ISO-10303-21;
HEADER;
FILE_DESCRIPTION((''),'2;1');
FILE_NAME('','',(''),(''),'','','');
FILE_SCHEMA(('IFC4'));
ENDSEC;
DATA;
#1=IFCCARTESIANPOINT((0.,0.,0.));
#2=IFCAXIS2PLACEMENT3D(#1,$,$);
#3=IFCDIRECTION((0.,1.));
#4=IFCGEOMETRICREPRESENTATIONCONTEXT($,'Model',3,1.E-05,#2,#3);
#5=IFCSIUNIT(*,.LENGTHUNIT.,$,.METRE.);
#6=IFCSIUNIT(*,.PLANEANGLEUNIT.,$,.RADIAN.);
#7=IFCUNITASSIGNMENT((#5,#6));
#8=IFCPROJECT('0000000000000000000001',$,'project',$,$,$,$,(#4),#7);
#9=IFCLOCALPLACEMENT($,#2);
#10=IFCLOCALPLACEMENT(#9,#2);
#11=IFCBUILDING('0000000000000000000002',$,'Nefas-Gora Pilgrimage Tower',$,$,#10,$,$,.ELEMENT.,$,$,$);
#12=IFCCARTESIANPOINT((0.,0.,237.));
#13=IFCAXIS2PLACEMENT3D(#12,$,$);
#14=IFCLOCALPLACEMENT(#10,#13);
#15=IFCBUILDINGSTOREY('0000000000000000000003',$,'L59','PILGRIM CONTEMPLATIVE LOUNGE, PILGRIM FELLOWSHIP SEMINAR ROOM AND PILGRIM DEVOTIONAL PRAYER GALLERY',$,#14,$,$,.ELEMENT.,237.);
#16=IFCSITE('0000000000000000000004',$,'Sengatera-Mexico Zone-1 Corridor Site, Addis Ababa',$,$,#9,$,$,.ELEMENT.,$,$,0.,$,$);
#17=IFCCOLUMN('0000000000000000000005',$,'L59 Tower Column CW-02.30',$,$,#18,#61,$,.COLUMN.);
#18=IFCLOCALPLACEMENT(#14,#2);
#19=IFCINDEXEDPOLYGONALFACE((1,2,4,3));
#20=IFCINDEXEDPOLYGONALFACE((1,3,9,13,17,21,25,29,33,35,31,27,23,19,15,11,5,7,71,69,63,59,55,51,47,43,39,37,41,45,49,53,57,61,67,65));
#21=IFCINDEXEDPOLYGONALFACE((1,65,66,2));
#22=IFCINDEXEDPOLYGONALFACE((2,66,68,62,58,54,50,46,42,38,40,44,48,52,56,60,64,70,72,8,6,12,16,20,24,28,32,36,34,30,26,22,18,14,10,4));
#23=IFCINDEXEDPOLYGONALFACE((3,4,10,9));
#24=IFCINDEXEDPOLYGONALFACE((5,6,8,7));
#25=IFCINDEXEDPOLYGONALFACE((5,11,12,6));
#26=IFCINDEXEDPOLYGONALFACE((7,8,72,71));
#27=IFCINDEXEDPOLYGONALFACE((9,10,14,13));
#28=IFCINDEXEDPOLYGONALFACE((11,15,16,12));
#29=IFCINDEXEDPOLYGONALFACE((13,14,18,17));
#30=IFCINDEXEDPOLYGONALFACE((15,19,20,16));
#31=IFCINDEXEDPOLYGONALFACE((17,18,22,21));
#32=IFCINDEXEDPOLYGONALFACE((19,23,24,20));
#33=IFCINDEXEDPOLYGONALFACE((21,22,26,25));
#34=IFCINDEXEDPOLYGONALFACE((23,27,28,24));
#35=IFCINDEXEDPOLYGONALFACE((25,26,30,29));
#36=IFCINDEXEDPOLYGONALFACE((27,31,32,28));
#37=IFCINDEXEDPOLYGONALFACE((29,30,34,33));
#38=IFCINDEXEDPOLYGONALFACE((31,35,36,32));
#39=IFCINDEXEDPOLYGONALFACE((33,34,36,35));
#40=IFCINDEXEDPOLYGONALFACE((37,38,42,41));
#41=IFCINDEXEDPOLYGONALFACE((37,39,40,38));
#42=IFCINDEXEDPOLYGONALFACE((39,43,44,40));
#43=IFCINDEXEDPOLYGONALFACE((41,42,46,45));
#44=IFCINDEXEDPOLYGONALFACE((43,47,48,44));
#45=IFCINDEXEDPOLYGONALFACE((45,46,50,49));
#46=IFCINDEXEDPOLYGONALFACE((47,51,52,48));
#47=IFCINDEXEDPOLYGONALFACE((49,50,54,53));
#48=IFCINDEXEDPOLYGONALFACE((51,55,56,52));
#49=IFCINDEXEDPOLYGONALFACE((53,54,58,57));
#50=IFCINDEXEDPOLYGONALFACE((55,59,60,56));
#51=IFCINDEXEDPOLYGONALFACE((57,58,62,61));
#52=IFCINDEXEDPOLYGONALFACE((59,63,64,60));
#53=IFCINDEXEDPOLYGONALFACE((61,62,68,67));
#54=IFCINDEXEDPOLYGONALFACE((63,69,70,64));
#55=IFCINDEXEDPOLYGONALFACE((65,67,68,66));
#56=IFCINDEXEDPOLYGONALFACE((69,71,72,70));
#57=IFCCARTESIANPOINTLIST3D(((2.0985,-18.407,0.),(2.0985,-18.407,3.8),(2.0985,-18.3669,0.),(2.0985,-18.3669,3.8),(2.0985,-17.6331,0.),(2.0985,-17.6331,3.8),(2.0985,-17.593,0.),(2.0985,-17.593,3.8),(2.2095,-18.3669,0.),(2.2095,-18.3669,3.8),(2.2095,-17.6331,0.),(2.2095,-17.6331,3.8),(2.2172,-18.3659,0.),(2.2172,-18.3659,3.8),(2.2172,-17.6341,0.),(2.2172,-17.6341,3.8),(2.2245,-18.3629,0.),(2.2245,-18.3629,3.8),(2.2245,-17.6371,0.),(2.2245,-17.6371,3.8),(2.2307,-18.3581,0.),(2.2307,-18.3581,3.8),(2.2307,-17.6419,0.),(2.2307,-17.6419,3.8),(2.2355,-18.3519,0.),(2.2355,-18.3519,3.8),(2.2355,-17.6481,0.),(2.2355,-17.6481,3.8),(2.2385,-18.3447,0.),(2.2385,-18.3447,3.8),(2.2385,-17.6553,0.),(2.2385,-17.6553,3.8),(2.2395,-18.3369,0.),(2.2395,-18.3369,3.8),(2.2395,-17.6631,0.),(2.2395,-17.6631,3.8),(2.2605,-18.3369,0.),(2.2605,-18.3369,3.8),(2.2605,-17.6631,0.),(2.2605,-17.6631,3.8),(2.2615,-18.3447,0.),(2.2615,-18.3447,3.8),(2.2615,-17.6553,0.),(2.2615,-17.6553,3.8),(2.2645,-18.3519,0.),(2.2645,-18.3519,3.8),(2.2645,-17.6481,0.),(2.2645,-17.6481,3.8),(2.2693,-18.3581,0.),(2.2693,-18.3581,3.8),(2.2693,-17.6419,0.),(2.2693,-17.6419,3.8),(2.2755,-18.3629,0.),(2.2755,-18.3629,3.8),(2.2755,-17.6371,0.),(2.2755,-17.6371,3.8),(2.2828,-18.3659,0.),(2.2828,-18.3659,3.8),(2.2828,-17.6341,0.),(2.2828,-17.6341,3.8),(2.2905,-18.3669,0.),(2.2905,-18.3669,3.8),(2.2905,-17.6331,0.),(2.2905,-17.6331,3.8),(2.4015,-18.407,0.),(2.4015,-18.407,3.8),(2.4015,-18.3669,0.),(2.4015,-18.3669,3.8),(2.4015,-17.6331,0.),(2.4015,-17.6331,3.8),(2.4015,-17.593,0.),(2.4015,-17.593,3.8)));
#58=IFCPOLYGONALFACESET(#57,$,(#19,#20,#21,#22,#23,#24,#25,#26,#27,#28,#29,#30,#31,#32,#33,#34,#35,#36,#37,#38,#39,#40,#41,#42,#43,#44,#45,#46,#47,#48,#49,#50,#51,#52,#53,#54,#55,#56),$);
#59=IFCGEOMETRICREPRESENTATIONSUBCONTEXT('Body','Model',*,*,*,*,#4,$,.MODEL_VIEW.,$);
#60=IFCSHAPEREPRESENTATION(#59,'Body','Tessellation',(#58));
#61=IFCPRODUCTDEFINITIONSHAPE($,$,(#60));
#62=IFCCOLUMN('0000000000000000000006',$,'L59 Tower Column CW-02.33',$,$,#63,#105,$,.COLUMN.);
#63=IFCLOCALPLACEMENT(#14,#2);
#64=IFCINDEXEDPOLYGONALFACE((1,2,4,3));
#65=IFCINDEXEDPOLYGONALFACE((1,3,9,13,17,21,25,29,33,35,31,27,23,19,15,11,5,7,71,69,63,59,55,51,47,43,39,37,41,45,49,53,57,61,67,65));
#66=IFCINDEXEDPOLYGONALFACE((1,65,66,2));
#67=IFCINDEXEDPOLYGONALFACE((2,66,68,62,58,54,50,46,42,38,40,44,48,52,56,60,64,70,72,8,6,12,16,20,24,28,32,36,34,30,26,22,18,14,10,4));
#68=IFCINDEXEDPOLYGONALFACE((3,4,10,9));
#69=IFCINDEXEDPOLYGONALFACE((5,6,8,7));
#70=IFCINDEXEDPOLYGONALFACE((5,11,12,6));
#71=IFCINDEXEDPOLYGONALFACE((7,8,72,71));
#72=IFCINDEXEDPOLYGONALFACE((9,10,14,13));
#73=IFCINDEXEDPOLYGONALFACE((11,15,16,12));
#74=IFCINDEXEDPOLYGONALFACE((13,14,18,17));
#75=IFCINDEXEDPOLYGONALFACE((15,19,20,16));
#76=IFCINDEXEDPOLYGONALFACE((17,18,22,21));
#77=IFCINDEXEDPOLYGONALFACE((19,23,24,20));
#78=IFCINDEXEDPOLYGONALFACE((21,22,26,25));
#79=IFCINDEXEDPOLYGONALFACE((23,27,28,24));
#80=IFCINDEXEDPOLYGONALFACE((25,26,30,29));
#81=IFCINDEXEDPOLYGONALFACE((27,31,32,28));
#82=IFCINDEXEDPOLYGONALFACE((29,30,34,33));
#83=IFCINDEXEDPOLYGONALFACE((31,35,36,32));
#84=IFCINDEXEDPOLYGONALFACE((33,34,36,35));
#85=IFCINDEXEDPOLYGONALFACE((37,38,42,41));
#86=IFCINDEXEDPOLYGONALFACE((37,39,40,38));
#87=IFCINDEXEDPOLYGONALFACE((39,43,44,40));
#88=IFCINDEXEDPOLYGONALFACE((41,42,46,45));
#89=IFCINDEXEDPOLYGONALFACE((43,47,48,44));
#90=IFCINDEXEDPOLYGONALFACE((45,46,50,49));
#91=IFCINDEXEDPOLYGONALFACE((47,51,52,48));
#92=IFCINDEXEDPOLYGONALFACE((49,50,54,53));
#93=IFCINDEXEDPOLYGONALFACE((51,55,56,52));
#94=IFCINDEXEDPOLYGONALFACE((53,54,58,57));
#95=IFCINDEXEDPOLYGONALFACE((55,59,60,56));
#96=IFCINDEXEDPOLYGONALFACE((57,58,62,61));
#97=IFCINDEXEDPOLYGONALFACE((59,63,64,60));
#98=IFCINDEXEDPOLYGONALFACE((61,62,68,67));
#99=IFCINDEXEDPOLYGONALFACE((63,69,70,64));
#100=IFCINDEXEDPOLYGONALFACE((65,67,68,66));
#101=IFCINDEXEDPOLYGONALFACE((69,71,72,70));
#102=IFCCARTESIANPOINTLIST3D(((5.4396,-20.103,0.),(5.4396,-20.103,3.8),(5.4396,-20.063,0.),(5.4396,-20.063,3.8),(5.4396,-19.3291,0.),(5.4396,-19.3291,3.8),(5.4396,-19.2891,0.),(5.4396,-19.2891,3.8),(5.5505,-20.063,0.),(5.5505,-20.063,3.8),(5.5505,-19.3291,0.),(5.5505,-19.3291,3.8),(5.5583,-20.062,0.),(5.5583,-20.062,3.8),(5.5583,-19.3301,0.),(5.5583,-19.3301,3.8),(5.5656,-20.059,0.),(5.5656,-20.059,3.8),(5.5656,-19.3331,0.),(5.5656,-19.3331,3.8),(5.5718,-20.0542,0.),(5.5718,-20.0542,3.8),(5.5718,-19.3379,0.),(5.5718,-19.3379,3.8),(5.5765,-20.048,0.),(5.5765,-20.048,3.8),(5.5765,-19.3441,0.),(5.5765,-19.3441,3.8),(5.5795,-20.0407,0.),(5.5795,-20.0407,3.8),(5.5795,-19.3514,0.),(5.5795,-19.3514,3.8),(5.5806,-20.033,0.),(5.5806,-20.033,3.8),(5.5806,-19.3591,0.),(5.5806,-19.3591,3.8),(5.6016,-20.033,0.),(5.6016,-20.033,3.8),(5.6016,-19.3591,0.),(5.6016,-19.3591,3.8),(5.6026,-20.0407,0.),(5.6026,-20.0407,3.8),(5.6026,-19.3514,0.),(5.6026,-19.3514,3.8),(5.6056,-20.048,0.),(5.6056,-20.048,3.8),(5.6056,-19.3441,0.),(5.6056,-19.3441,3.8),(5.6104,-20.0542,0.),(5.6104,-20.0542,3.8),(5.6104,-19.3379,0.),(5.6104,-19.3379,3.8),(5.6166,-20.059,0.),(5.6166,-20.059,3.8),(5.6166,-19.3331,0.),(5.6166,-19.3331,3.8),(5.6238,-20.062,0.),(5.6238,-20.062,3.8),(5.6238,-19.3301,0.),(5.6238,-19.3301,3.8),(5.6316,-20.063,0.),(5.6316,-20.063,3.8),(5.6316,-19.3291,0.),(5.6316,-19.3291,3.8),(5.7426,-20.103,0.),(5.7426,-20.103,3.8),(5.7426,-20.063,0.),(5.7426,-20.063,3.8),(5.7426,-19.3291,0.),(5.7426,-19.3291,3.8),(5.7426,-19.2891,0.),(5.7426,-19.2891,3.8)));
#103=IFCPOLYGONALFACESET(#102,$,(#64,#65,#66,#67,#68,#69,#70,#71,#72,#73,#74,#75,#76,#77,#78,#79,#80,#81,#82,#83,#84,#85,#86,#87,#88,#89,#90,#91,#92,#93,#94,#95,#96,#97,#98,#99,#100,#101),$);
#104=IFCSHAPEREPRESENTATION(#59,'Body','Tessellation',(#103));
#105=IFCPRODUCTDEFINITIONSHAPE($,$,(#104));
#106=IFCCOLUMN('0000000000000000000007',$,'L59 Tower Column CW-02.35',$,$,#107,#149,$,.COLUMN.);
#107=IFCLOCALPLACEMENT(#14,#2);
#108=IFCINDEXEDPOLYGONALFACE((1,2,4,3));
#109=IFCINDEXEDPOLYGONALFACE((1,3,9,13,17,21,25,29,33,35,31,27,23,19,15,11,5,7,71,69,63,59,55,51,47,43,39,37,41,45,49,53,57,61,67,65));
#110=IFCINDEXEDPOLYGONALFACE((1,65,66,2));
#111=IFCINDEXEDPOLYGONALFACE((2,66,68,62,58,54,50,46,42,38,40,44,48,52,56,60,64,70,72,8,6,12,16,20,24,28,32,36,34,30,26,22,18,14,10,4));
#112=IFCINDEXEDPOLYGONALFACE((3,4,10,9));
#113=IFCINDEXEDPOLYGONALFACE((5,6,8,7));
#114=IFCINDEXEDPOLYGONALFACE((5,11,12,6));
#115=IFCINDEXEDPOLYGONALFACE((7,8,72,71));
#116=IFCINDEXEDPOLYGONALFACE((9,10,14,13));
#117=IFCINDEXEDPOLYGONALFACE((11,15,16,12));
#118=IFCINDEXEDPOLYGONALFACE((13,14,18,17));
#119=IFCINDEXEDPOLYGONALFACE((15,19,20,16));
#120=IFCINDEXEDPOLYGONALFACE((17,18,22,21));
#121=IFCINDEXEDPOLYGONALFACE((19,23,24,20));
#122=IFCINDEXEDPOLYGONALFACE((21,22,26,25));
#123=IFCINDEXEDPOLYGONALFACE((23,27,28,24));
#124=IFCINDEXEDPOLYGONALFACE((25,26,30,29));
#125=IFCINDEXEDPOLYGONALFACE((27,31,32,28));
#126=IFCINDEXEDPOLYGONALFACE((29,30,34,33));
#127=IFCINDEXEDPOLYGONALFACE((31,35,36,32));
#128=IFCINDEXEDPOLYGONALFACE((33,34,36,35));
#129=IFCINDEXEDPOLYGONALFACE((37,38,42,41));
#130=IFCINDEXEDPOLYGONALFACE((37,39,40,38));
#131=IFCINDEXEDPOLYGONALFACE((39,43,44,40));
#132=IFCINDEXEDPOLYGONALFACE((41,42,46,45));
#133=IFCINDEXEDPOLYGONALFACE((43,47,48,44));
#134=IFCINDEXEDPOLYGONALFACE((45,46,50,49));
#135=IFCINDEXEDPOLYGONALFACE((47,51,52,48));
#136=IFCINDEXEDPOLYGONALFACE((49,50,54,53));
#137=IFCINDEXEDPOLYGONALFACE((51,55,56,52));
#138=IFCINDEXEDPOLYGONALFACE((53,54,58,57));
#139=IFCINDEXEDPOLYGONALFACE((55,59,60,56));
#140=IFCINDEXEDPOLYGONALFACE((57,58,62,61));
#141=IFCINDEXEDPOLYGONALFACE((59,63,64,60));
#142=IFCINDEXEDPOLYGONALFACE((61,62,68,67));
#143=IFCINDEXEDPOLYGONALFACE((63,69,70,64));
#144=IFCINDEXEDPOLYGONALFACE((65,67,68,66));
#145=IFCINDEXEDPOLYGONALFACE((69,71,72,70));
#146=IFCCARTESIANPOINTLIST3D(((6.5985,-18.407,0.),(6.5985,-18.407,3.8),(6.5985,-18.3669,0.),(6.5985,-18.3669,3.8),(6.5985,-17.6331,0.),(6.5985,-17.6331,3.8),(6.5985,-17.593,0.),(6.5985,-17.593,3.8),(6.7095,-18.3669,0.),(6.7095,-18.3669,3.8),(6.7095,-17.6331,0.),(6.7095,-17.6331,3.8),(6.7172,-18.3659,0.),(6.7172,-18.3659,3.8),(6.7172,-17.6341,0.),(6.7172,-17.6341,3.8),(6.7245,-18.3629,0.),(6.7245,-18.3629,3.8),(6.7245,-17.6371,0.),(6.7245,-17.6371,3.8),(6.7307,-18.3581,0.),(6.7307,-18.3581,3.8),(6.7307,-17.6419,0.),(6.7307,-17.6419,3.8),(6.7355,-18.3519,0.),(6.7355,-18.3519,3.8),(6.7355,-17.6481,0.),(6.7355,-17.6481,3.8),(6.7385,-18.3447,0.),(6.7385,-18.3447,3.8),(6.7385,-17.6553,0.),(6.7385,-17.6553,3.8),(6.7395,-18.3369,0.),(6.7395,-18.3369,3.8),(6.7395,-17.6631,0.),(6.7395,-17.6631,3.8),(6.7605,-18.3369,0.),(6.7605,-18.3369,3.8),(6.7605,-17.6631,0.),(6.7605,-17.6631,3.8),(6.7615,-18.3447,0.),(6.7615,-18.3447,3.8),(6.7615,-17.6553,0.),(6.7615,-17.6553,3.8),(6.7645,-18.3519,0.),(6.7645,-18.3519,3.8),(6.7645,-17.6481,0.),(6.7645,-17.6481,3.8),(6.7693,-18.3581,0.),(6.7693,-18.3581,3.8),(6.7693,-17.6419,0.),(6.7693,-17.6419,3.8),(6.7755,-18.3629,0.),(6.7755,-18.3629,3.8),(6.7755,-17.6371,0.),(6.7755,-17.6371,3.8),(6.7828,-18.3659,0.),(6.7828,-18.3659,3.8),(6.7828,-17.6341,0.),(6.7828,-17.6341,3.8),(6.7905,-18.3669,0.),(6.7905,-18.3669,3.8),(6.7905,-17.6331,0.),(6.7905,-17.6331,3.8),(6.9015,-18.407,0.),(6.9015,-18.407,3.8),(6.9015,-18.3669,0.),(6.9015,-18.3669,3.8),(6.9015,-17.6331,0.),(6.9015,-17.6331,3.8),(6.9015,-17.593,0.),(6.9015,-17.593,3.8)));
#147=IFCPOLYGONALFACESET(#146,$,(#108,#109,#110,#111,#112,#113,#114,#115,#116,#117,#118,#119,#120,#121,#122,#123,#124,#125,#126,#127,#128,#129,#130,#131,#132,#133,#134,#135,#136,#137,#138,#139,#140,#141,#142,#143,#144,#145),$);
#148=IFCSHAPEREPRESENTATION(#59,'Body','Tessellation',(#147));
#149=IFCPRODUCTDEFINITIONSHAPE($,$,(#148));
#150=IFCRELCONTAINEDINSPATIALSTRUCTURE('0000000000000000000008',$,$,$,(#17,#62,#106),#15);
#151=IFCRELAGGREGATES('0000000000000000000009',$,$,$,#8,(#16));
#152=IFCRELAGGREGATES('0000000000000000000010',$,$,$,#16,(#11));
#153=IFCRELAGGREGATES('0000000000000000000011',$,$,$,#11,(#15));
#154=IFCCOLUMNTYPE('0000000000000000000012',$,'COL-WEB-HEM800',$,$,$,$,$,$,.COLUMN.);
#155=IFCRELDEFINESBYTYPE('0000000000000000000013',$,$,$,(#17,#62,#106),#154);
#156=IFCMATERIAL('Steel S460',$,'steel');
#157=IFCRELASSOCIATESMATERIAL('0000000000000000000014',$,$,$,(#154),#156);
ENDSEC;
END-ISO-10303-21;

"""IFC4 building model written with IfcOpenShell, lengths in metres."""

from ifc_helpers import new_model, si_unit, direction, frame, origin, origin_2d, place, context, subcontext, project, spatial, i_section, extrude, source, transform, mapped, material, material_profile, profile_set, type_object, element, save


model = new_model("IFC4")

# Units and contexts
model_context = context("Model", 3, precision=1e-05, world=origin(), true_north=direction((0.0, 1.0)))
body_context = subcontext(model_context, "Body", "Model", "MODEL_VIEW")
ifc_project = project(units=[si_unit("LENGTHUNIT", "METRE"), si_unit("PLANEANGLEUNIT", "RADIAN")], contexts=[model_context])

# Site, building, storey
site_placement = place(None, origin())
site = spatial("IfcSite", under=ifc_project, at=site_placement, Name="Sengatera-Mexico Zone-1 Corridor Site, Addis Ababa", CompositionType="ELEMENT", RefElevation=0.0)
building_placement = place(site_placement, origin())
building = spatial("IfcBuilding", under=site, at=building_placement, Name="Nefas-Gora Pilgrimage Tower", CompositionType="ELEMENT")
storey_placement = place(building_placement, frame((0.0, 0.0, 237.0)))
storey = spatial("IfcBuildingStorey", under=building, at=storey_placement, Name="L59", Description="PILGRIM CONTEMPLATIVE LOUNGE, PILGRIM FELLOWSHIP SEMINAR ROOM AND PILGRIM DEVOTIONAL PRAYER GALLERY", CompositionType="ELEMENT", Elevation=237.0)

# Columns
ifc_material_1 = material(Name="Steel S460", Category="steel")
ifc_material_profile_1 = material_profile(ifc_material_1, i_section(OverallWidth=0.303, OverallDepth=0.814, WebThickness=0.021, FlangeThickness=0.04, FilletRadius=0.03, at=origin_2d()), Name="HEM 800")
ifc_profile_set_1 = profile_set([ifc_material_profile_1], Name="Steel S460")
column_type_1 = type_object("IfcColumnType", Name="COL-WEB-HEM800", PredefinedType="COLUMN", material=ifc_profile_set_1)
shared_shape_1 = source(origin(), body_context, "Body", "SweptSolid", [
    extrude(i_section(OverallWidth=0.303, OverallDepth=0.814, WebThickness=0.021, FlangeThickness=0.04, FilletRadius=0.03, at=origin_2d()), origin(), (0.0, 0.0, 1.0), 3.8),
])
for number, where, z_axis, x_axis, name in (
    (1, (2.25, -18.0, 0.0), (0.0, 0.0, 1.0), (1.0, 0.0, 0.0), "L59 Tower Column CW-02.30"),
    (2, (5.5911, -19.696, 0.0), (0.0, 0.0, 1.0), (1.0, 0.0, 0.0), "L59 Tower Column CW-02.33"),
    (3, (6.75, -18.0, 0.0), (0.0, 0.0, 1.0), (1.0, 0.0, 0.0), "L59 Tower Column CW-02.35"),
):
    element("IfcColumn", number, at=place(storey_placement, frame(where, z_axis=z_axis, x_axis=x_axis)), inside=storey, type_object=column_type_1, Name=name, PredefinedType="COLUMN", context=body_context, shape_type="MappedRepresentation", body=[
        mapped(shared_shape_1, transform((0.0, 0.0, 0.0), x_axis=(1.0, 0.0, 0.0), y_axis=(0.0, 1.0, 0.0), z_axis=(0.0, 0.0, 1.0), scale=1.0)),
    ])

save(model, "model.ifc")
